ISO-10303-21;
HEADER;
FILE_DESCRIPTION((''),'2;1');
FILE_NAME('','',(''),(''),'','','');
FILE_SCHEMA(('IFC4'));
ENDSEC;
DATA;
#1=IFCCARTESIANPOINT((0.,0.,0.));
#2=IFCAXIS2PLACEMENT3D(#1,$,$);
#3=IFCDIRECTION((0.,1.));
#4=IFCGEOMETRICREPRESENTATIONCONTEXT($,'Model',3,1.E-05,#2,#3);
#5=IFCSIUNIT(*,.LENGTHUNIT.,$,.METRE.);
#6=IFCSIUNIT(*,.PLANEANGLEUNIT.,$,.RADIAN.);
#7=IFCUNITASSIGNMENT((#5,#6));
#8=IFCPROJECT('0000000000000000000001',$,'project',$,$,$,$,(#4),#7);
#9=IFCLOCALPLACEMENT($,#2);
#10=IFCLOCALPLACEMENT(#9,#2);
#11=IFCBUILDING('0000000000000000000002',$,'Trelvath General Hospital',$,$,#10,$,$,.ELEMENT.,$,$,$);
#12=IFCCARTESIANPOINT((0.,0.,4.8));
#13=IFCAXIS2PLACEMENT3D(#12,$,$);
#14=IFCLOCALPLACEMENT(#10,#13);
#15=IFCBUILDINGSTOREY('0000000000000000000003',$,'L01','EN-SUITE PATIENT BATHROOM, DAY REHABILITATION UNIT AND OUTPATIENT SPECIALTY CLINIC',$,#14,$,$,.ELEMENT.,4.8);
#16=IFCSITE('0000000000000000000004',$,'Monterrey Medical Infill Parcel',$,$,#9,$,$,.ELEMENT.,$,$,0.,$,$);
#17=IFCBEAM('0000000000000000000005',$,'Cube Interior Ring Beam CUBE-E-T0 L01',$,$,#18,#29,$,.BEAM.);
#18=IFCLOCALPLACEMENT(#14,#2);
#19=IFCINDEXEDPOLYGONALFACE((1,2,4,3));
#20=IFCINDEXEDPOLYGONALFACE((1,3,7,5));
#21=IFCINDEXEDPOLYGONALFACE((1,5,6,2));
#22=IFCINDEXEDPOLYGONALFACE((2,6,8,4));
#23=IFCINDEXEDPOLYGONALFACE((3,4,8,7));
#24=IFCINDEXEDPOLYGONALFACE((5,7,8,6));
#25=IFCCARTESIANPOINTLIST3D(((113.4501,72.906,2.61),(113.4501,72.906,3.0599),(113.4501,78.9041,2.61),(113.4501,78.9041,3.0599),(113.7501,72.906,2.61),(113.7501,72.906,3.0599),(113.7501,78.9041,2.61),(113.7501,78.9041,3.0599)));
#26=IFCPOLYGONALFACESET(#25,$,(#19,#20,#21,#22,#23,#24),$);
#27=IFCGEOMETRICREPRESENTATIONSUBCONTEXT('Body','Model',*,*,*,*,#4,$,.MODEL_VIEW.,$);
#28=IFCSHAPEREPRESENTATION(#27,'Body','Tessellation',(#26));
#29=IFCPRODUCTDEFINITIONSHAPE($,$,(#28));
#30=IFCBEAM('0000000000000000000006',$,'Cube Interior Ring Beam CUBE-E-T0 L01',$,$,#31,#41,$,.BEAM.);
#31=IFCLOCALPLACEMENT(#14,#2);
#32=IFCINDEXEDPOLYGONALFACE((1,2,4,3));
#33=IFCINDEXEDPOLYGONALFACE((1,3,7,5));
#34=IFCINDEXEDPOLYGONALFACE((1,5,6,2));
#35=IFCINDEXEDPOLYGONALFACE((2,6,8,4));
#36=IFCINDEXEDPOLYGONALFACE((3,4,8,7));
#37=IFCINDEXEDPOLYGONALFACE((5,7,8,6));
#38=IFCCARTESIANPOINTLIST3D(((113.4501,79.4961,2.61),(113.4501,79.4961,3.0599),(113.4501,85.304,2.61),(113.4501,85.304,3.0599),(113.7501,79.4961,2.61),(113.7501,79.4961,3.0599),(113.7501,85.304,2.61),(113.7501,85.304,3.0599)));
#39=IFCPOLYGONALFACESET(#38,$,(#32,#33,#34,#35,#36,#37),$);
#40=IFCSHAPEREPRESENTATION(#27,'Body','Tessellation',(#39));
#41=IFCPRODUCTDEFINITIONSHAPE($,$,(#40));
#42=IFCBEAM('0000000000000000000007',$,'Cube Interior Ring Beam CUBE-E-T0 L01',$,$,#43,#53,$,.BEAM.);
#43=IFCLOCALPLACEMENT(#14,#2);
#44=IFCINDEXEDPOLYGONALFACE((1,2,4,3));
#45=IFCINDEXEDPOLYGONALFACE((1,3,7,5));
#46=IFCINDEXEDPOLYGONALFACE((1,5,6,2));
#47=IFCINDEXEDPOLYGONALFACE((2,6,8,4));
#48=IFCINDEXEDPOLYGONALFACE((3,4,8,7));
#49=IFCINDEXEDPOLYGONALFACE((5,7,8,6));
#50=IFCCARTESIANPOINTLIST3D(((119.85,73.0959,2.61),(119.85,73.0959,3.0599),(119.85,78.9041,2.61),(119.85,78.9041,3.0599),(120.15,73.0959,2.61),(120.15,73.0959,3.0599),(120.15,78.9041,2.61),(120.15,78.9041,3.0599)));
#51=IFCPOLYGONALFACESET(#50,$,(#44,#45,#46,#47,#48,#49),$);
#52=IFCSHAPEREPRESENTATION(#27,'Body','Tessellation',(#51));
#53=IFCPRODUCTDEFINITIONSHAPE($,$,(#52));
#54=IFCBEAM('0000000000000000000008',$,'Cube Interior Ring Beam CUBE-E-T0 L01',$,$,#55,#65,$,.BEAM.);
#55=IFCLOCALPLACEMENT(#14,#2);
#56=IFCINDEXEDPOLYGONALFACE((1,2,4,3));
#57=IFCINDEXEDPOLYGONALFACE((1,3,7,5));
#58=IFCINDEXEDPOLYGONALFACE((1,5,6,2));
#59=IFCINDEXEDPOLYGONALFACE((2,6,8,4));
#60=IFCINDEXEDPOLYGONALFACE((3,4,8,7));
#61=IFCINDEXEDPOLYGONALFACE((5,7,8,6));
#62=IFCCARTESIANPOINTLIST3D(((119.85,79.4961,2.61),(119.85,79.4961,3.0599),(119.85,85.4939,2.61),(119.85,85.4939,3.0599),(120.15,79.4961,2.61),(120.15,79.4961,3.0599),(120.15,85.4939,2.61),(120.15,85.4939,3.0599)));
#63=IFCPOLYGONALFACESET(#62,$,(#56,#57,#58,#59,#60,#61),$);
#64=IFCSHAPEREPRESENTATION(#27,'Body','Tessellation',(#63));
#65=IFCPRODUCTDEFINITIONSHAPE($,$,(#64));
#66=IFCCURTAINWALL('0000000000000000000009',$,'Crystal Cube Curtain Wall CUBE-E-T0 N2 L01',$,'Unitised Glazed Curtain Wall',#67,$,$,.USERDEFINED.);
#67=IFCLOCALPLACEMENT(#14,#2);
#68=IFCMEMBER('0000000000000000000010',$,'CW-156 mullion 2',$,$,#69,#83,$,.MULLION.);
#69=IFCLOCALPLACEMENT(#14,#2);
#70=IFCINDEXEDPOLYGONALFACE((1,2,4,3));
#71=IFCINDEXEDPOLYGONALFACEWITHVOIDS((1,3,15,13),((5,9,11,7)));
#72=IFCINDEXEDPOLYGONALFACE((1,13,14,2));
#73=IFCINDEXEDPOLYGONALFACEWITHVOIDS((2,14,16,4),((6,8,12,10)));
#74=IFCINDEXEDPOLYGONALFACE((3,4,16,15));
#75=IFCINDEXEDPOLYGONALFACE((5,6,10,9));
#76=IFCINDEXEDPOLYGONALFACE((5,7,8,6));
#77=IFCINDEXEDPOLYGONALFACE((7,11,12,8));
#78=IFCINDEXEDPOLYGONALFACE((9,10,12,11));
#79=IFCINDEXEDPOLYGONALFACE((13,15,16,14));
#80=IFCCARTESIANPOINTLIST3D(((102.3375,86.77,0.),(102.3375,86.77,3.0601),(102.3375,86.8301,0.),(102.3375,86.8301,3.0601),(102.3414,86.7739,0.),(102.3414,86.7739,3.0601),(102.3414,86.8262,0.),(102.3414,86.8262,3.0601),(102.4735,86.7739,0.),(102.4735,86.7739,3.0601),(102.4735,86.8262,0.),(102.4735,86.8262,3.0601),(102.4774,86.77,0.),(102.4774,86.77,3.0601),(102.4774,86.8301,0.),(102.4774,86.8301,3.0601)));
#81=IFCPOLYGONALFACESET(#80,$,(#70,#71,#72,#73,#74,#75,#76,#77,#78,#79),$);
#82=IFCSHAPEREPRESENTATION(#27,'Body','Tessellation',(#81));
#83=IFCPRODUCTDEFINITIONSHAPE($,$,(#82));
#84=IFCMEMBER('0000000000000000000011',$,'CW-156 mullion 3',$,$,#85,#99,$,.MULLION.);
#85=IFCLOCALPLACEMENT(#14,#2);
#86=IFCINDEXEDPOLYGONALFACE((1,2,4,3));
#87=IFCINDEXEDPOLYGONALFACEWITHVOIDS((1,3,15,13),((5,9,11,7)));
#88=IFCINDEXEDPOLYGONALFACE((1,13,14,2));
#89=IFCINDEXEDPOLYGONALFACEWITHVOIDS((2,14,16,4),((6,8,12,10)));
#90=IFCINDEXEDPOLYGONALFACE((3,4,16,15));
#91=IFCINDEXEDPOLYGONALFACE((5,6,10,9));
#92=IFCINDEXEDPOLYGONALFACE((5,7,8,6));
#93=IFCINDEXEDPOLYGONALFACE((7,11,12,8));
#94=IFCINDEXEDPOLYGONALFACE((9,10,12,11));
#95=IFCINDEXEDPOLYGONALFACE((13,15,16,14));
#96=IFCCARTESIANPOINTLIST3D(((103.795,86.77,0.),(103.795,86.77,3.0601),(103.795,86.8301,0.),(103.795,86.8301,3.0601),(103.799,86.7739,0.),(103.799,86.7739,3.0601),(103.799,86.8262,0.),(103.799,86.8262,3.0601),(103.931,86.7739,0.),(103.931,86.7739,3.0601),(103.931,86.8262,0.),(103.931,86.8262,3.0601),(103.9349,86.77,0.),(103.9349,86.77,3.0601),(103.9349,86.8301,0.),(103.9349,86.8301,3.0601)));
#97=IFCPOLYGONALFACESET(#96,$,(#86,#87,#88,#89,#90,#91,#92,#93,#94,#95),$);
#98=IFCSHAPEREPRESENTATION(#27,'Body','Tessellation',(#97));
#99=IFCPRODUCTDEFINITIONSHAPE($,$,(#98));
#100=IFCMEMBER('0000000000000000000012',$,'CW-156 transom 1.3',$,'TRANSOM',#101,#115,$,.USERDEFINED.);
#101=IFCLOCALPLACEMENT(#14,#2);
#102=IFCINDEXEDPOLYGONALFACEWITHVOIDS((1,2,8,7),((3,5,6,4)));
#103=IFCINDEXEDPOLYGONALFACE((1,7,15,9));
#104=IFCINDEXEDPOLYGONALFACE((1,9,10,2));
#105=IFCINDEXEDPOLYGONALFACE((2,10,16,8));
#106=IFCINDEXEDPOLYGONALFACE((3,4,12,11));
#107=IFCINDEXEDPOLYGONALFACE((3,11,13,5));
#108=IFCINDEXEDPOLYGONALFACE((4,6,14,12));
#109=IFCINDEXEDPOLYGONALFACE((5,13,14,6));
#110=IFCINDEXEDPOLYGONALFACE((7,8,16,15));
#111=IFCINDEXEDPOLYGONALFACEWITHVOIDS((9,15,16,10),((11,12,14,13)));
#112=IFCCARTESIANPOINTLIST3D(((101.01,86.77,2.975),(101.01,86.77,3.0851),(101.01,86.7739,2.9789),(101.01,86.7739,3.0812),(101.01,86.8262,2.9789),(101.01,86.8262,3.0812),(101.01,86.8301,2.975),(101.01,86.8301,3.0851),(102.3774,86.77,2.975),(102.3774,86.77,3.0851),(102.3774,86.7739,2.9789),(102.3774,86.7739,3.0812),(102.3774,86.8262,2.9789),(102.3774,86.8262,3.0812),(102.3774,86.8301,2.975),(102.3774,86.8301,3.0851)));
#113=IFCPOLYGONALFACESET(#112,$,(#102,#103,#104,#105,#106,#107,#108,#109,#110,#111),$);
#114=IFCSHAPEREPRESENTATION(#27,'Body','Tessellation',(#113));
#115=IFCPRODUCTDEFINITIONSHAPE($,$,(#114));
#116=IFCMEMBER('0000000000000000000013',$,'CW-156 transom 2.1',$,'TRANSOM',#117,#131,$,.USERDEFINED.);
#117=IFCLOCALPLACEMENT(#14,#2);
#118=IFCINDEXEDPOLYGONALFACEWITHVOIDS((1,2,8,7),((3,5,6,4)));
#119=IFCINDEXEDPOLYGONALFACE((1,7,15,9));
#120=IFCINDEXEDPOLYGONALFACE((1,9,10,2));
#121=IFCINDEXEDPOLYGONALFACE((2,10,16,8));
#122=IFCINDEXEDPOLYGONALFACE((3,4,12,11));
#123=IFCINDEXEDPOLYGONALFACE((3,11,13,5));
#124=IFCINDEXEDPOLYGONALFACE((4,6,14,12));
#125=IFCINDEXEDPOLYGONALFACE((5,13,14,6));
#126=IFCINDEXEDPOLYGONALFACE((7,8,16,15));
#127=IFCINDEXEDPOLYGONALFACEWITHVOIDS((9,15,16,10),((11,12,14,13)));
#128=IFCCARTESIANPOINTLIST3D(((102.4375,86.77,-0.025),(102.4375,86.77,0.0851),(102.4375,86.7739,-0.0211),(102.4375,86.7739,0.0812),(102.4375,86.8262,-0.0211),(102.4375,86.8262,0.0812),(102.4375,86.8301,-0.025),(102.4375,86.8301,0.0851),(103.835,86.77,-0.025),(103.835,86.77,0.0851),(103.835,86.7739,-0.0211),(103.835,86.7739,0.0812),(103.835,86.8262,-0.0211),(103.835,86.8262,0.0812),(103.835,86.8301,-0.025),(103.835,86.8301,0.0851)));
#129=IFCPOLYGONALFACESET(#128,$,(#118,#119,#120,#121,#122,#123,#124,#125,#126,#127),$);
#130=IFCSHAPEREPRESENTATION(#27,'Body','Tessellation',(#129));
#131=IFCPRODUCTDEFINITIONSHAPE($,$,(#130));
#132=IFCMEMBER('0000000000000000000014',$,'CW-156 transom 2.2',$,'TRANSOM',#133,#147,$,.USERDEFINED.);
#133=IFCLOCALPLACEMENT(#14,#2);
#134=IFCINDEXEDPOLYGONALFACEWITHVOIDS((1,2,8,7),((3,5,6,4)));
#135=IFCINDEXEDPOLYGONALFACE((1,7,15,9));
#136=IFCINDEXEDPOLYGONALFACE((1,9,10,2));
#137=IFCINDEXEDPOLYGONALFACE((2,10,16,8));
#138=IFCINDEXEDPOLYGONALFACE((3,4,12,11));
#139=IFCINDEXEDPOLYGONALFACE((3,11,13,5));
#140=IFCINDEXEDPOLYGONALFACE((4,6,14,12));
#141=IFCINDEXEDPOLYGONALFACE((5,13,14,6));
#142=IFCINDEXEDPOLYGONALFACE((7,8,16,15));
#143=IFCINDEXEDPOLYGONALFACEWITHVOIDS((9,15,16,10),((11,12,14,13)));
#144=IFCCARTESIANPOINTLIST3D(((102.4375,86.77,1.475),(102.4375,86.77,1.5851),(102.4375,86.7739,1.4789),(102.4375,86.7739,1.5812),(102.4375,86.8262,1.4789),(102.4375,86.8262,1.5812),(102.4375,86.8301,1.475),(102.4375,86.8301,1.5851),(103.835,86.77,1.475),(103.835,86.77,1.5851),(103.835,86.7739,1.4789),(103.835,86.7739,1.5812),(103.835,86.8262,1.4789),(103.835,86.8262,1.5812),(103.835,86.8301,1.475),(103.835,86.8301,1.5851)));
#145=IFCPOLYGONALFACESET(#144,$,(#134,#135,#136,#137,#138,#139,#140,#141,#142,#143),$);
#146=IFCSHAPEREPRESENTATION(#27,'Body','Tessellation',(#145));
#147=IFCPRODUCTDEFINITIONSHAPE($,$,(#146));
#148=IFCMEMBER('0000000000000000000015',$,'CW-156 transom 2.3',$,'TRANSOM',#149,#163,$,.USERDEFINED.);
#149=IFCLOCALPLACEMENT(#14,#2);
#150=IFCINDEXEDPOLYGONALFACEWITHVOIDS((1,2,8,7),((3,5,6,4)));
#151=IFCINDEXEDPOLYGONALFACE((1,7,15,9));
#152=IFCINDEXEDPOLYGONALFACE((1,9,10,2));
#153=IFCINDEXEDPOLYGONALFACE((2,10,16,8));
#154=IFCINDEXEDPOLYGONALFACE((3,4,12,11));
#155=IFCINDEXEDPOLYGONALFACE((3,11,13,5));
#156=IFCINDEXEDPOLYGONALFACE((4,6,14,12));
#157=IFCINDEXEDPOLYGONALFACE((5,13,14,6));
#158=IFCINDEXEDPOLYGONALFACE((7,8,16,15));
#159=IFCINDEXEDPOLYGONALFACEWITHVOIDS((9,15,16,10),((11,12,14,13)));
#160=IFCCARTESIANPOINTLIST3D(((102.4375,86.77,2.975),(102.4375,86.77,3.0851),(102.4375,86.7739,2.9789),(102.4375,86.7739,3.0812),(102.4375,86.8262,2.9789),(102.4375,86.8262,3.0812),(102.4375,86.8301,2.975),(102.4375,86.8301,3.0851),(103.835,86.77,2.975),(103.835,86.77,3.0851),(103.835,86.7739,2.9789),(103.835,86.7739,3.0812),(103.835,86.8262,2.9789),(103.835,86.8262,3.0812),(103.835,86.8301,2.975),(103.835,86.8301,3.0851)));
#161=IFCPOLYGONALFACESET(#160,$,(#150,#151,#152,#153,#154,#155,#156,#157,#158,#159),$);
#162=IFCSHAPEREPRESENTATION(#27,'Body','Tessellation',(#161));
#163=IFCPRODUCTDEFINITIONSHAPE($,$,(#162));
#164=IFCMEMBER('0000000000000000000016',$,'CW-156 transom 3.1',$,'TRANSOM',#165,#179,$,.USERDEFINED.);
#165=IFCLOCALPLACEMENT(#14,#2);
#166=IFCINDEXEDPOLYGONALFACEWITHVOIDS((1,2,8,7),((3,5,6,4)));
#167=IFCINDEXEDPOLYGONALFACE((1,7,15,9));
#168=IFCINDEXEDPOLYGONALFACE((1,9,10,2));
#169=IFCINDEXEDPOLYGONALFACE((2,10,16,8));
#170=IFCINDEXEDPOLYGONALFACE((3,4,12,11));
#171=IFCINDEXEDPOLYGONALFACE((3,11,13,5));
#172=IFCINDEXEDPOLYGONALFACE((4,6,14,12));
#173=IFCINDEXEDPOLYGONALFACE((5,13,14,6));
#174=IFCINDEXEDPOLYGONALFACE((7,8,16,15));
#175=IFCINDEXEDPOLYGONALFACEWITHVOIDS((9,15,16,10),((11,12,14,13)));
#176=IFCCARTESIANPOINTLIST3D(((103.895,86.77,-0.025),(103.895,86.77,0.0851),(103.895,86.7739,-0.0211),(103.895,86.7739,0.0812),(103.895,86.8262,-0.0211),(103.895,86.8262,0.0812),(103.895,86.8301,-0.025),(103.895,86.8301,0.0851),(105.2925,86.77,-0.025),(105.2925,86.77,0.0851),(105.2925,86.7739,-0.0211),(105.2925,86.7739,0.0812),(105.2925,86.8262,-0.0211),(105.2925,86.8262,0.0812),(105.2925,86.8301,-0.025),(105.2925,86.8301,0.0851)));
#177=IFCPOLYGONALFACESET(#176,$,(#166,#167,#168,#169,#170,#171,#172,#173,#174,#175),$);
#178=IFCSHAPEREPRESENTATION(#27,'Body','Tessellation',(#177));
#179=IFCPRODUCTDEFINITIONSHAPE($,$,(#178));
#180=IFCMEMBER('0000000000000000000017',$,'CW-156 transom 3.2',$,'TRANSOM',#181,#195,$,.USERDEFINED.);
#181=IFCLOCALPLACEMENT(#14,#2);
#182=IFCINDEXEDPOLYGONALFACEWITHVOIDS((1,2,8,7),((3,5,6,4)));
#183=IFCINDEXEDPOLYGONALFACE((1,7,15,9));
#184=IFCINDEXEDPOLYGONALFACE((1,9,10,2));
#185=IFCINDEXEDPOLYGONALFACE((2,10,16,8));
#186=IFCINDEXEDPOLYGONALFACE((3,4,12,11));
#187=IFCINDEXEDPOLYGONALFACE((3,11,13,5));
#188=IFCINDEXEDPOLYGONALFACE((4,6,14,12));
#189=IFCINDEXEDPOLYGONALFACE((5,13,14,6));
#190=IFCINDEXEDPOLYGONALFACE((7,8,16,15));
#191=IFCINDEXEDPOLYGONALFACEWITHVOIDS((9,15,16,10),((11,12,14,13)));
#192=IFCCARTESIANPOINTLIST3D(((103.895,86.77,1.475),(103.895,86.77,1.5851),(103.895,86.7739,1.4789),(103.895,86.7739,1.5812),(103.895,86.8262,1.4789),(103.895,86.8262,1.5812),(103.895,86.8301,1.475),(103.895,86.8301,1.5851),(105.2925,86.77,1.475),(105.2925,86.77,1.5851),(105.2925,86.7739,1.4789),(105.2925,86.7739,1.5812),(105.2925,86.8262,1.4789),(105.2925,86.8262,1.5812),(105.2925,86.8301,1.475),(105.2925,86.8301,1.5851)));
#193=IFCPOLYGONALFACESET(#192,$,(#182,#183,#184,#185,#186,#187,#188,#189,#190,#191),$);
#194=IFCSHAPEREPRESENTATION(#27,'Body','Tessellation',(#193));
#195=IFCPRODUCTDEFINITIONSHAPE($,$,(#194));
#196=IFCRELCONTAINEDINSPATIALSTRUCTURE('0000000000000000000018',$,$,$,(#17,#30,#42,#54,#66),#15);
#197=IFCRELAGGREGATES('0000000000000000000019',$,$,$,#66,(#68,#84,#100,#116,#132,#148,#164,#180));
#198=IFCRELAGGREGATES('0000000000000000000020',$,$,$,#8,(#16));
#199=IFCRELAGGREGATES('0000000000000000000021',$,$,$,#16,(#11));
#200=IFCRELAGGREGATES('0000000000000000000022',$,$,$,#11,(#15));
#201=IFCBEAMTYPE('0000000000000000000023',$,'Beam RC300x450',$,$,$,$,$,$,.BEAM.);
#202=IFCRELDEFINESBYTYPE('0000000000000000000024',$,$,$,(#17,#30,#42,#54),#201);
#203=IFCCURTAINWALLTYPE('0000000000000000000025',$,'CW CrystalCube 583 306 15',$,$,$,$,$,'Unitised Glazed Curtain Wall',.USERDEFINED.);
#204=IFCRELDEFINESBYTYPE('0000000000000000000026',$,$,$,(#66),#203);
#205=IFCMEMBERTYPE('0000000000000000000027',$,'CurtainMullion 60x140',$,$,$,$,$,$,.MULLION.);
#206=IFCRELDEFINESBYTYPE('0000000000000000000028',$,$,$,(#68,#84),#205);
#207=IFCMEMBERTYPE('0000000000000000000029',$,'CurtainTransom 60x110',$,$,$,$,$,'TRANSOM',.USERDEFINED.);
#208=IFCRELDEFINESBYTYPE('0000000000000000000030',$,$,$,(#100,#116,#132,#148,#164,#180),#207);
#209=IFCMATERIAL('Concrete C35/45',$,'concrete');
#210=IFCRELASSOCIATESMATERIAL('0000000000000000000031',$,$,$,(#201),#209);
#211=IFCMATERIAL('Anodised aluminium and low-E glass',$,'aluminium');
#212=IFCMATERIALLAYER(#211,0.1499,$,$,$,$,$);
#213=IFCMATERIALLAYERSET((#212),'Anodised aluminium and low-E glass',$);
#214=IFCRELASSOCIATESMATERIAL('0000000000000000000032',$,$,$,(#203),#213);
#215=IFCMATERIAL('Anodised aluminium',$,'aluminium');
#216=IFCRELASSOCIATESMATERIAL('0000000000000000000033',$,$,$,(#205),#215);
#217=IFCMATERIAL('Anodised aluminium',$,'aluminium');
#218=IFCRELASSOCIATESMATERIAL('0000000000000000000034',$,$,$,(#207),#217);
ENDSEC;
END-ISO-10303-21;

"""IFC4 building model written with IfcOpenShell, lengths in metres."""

from ifc_helpers import new_model, si_unit, direction, frame, origin, origin_2d, place, context, subcontext, project, spatial, rectangle, hollow_rectangle, extrude, material, layer, layer_set, material_profile, profile_set, type_object, element, aggregate, save


model = new_model("IFC4")

# Units and contexts
model_context = context("Model", 3, precision=1e-05, world=origin(), true_north=direction((0.0, 1.0)))
body_context = subcontext(model_context, "Body", "Model", "MODEL_VIEW")
ifc_project = project(units=[si_unit("LENGTHUNIT", "METRE"), si_unit("PLANEANGLEUNIT", "RADIAN")], contexts=[model_context])

# Site, building, storey
site_placement = place(None, origin())
site = spatial("IfcSite", under=ifc_project, at=site_placement, Name="Monterrey Medical Infill Parcel", CompositionType="ELEMENT", RefElevation=0.0)
building_placement = place(site_placement, origin())
building = spatial("IfcBuilding", under=site, at=building_placement, Name="Trelvath General Hospital", CompositionType="ELEMENT")
storey_placement = place(building_placement, frame((0.0, 0.0, 4.8)))
storey = spatial("IfcBuildingStorey", under=building, at=storey_placement, Name="L01", Description="EN-SUITE PATIENT BATHROOM, DAY REHABILITATION UNIT AND OUTPATIENT SPECIALTY CLINIC", CompositionType="ELEMENT", Elevation=4.8)

# Beams
ifc_material_1 = material(Name="Concrete C35/45", Category="concrete")
ifc_material_profile_1 = material_profile(ifc_material_1, rectangle(XDim=0.3, YDim=0.45, at=origin_2d()), Name="RCB300x450")
ifc_profile_set_1 = profile_set([ifc_material_profile_1], Name="Concrete C35/45")
beam_type = type_object("IfcBeamType", Name="Beam RC300x450", PredefinedType="BEAM", material=ifc_profile_set_1)
for number, where, z_axis, x_axis, name in (
    (1, (113.6001, 72.906, 2.835), (0.0, 1.0, 0.0), (-1.0, 0.0, 0.0), "Cube Interior Ring Beam CUBE-E-T0 L01"),
):
    element("IfcBeam", number, at=place(storey_placement, frame(where, z_axis=z_axis, x_axis=x_axis)), inside=storey, type_object=beam_type, Name=name, PredefinedType="BEAM", context=body_context, shape_type="SweptSolid", body=[
        extrude(rectangle(XDim=0.3, YDim=0.45, at=origin_2d()), origin(), (0.0, 0.0, 1.0), 5.998),
    ])
beam_1_placement = place(storey_placement, frame((113.6001, 79.4961, 2.835), z_axis=(0.0, 1.0, 0.0), x_axis=(-1.0, 0.0, 0.0)))
element("IfcBeam", 2, at=beam_1_placement, inside=storey, type_object=beam_type, Name="Cube Interior Ring Beam CUBE-E-T0 L01", PredefinedType="BEAM", context=body_context, shape_type="SweptSolid", body=[
    extrude(rectangle(XDim=0.3, YDim=0.45, at=origin_2d()), origin(), (0.0, 0.0, 1.0), 5.8079),
])
beam_2_placement = place(storey_placement, frame((120.0, 73.0959, 2.835), z_axis=(0.0, 1.0, 0.0), x_axis=(-1.0, 0.0, 0.0)))
element("IfcBeam", 3, at=beam_2_placement, inside=storey, type_object=beam_type, Name="Cube Interior Ring Beam CUBE-E-T0 L01", PredefinedType="BEAM", context=body_context, shape_type="SweptSolid", body=[
    extrude(rectangle(XDim=0.3, YDim=0.45, at=origin_2d()), origin(), (0.0, 0.0, 1.0), 5.8081),
])
beam_3_placement = place(storey_placement, frame((120.0, 79.4961, 2.835), z_axis=(0.0, 1.0, 0.0), x_axis=(-1.0, 0.0, 0.0)))
element("IfcBeam", 4, at=beam_3_placement, inside=storey, type_object=beam_type, Name="Cube Interior Ring Beam CUBE-E-T0 L01", PredefinedType="BEAM", context=body_context, shape_type="SweptSolid", body=[
    extrude(rectangle(XDim=0.3, YDim=0.45, at=origin_2d()), origin(), (0.0, 0.0, 1.0), 5.9978),
])

# Curtain wall, members
ifc_material_2 = material(Name="Anodised aluminium and low-E glass", Category="aluminium")
ifc_layer_1 = layer(ifc_material_2, 0.1499)
ifc_layer_set_1 = layer_set([ifc_layer_1], Name="Anodised aluminium and low-E glass")
curtain_wall_type = type_object("IfcCurtainWallType", Name="CW CrystalCube 583 306 15", ElementType="Unitised Glazed Curtain Wall", PredefinedType="USERDEFINED", material=ifc_layer_set_1)
curtain_wall_placement = place(storey_placement, origin())
curtain_wall = element("IfcCurtainWall", 5, at=curtain_wall_placement, inside=storey, type_object=curtain_wall_type, Name="Crystal Cube Curtain Wall CUBE-E-T0 N2 L01", ObjectType="Unitised Glazed Curtain Wall", PredefinedType="USERDEFINED")
ifc_material_3 = material(Name="Anodised aluminium", Category="aluminium")
ifc_material_profile_2 = material_profile(ifc_material_3, hollow_rectangle(XDim=0.0601, YDim=0.1399, WallThickness=0.0039, at=origin_2d()), Name="RHS60x140x4")
ifc_profile_set_2 = profile_set([ifc_material_profile_2], Name="Anodised aluminium")
member_type_1 = type_object("IfcMemberType", Name="CurtainMullion 60x140", PredefinedType="MULLION", material=ifc_profile_set_2)
member_1_placement = place(storey_placement, frame((102.4075, 86.8, 0.0), z_axis=(0.0, 0.0, 1.0), x_axis=(0.0, 1.0, 0.0)))
member_1 = element("IfcMember", 6, at=member_1_placement, type_object=member_type_1, Name="CW-156 mullion 2", PredefinedType="MULLION", context=body_context, shape_type="SweptSolid", body=[
    extrude(hollow_rectangle(XDim=0.0601, YDim=0.1399, WallThickness=0.0039, at=origin_2d()), origin(), (0.0, 0.0, 1.0), 3.0601),
])
member_2_placement = place(storey_placement, frame((103.865, 86.8, 0.0), z_axis=(0.0, 0.0, 1.0), x_axis=(0.0, 1.0, 0.0)))
member_2 = element("IfcMember", 7, at=member_2_placement, type_object=member_type_1, Name="CW-156 mullion 3", PredefinedType="MULLION", context=body_context, shape_type="SweptSolid", body=[
    extrude(hollow_rectangle(XDim=0.0601, YDim=0.1399, WallThickness=0.0039, at=origin_2d()), origin(), (0.0, 0.0, 1.0), 3.0601),
])
ifc_material_4 = material(Name="Anodised aluminium", Category="aluminium")
ifc_material_profile_3 = material_profile(ifc_material_4, hollow_rectangle(XDim=0.0601, YDim=0.1101, WallThickness=0.0039, at=origin_2d()), Name="RHS60x110x4")
ifc_profile_set_3 = profile_set([ifc_material_profile_3], Name="Anodised aluminium")
member_type_2 = type_object("IfcMemberType", Name="CurtainTransom 60x110", ElementType="TRANSOM", PredefinedType="USERDEFINED", material=ifc_profile_set_3)
member_3_placement = place(storey_placement, frame((101.01, 86.8, 3.03), z_axis=(1.0, 0.0, 0.0), x_axis=(0.0, 1.0, 0.0)))
member_3 = element("IfcMember", 8, at=member_3_placement, type_object=member_type_2, Name="CW-156 transom 1.3", ObjectType="TRANSOM", PredefinedType="USERDEFINED", context=body_context, shape_type="SweptSolid", body=[
    extrude(hollow_rectangle(XDim=0.0601, YDim=0.1101, WallThickness=0.0039, at=origin_2d()), origin(), (0.0, 0.0, 1.0), 1.3674),
])
member_4_placement = place(storey_placement, frame((102.4375, 86.8, 0.03), z_axis=(1.0, 0.0, 0.0), x_axis=(0.0, 1.0, 0.0)))
member_4 = element("IfcMember", 9, at=member_4_placement, type_object=member_type_2, Name="CW-156 transom 2.1", ObjectType="TRANSOM", PredefinedType="USERDEFINED", context=body_context, shape_type="SweptSolid", body=[
    extrude(hollow_rectangle(XDim=0.0601, YDim=0.1101, WallThickness=0.0039, at=origin_2d()), origin(), (0.0, 0.0, 1.0), 1.3975),
])
member_5_placement = place(storey_placement, frame((102.4375, 86.8, 1.53), z_axis=(1.0, 0.0, 0.0), x_axis=(0.0, 1.0, 0.0)))
member_5 = element("IfcMember", 10, at=member_5_placement, type_object=member_type_2, Name="CW-156 transom 2.2", ObjectType="TRANSOM", PredefinedType="USERDEFINED", context=body_context, shape_type="SweptSolid", body=[
    extrude(hollow_rectangle(XDim=0.0601, YDim=0.1101, WallThickness=0.0039, at=origin_2d()), origin(), (0.0, 0.0, 1.0), 1.3975),
])
member_6_placement = place(storey_placement, frame((102.4375, 86.8, 3.03), z_axis=(1.0, 0.0, 0.0), x_axis=(0.0, 1.0, 0.0)))
member_6 = element("IfcMember", 11, at=member_6_placement, type_object=member_type_2, Name="CW-156 transom 2.3", ObjectType="TRANSOM", PredefinedType="USERDEFINED", context=body_context, shape_type="SweptSolid", body=[
    extrude(hollow_rectangle(XDim=0.0601, YDim=0.1101, WallThickness=0.0039, at=origin_2d()), origin(), (0.0, 0.0, 1.0), 1.3975),
])
member_7_placement = place(storey_placement, frame((103.895, 86.8, 0.03), z_axis=(1.0, 0.0, 0.0), x_axis=(0.0, 1.0, 0.0)))
member_7 = element("IfcMember", 12, at=member_7_placement, type_object=member_type_2, Name="CW-156 transom 3.1", ObjectType="TRANSOM", PredefinedType="USERDEFINED", context=body_context, shape_type="SweptSolid", body=[
    extrude(hollow_rectangle(XDim=0.0601, YDim=0.1101, WallThickness=0.0039, at=origin_2d()), origin(), (0.0, 0.0, 1.0), 1.3975),
])
member_8_placement = place(storey_placement, frame((103.895, 86.8, 1.53), z_axis=(1.0, 0.0, 0.0), x_axis=(0.0, 1.0, 0.0)))
member_8 = element("IfcMember", 13, at=member_8_placement, type_object=member_type_2, Name="CW-156 transom 3.2", ObjectType="TRANSOM", PredefinedType="USERDEFINED", context=body_context, shape_type="SweptSolid", body=[
    extrude(hollow_rectangle(XDim=0.0601, YDim=0.1101, WallThickness=0.0039, at=origin_2d()), origin(), (0.0, 0.0, 1.0), 1.3975),
])
aggregate(curtain_wall, [member_1, member_2, member_3, member_4, member_5, member_6, member_7, member_8])

save(model, "model.ifc")
